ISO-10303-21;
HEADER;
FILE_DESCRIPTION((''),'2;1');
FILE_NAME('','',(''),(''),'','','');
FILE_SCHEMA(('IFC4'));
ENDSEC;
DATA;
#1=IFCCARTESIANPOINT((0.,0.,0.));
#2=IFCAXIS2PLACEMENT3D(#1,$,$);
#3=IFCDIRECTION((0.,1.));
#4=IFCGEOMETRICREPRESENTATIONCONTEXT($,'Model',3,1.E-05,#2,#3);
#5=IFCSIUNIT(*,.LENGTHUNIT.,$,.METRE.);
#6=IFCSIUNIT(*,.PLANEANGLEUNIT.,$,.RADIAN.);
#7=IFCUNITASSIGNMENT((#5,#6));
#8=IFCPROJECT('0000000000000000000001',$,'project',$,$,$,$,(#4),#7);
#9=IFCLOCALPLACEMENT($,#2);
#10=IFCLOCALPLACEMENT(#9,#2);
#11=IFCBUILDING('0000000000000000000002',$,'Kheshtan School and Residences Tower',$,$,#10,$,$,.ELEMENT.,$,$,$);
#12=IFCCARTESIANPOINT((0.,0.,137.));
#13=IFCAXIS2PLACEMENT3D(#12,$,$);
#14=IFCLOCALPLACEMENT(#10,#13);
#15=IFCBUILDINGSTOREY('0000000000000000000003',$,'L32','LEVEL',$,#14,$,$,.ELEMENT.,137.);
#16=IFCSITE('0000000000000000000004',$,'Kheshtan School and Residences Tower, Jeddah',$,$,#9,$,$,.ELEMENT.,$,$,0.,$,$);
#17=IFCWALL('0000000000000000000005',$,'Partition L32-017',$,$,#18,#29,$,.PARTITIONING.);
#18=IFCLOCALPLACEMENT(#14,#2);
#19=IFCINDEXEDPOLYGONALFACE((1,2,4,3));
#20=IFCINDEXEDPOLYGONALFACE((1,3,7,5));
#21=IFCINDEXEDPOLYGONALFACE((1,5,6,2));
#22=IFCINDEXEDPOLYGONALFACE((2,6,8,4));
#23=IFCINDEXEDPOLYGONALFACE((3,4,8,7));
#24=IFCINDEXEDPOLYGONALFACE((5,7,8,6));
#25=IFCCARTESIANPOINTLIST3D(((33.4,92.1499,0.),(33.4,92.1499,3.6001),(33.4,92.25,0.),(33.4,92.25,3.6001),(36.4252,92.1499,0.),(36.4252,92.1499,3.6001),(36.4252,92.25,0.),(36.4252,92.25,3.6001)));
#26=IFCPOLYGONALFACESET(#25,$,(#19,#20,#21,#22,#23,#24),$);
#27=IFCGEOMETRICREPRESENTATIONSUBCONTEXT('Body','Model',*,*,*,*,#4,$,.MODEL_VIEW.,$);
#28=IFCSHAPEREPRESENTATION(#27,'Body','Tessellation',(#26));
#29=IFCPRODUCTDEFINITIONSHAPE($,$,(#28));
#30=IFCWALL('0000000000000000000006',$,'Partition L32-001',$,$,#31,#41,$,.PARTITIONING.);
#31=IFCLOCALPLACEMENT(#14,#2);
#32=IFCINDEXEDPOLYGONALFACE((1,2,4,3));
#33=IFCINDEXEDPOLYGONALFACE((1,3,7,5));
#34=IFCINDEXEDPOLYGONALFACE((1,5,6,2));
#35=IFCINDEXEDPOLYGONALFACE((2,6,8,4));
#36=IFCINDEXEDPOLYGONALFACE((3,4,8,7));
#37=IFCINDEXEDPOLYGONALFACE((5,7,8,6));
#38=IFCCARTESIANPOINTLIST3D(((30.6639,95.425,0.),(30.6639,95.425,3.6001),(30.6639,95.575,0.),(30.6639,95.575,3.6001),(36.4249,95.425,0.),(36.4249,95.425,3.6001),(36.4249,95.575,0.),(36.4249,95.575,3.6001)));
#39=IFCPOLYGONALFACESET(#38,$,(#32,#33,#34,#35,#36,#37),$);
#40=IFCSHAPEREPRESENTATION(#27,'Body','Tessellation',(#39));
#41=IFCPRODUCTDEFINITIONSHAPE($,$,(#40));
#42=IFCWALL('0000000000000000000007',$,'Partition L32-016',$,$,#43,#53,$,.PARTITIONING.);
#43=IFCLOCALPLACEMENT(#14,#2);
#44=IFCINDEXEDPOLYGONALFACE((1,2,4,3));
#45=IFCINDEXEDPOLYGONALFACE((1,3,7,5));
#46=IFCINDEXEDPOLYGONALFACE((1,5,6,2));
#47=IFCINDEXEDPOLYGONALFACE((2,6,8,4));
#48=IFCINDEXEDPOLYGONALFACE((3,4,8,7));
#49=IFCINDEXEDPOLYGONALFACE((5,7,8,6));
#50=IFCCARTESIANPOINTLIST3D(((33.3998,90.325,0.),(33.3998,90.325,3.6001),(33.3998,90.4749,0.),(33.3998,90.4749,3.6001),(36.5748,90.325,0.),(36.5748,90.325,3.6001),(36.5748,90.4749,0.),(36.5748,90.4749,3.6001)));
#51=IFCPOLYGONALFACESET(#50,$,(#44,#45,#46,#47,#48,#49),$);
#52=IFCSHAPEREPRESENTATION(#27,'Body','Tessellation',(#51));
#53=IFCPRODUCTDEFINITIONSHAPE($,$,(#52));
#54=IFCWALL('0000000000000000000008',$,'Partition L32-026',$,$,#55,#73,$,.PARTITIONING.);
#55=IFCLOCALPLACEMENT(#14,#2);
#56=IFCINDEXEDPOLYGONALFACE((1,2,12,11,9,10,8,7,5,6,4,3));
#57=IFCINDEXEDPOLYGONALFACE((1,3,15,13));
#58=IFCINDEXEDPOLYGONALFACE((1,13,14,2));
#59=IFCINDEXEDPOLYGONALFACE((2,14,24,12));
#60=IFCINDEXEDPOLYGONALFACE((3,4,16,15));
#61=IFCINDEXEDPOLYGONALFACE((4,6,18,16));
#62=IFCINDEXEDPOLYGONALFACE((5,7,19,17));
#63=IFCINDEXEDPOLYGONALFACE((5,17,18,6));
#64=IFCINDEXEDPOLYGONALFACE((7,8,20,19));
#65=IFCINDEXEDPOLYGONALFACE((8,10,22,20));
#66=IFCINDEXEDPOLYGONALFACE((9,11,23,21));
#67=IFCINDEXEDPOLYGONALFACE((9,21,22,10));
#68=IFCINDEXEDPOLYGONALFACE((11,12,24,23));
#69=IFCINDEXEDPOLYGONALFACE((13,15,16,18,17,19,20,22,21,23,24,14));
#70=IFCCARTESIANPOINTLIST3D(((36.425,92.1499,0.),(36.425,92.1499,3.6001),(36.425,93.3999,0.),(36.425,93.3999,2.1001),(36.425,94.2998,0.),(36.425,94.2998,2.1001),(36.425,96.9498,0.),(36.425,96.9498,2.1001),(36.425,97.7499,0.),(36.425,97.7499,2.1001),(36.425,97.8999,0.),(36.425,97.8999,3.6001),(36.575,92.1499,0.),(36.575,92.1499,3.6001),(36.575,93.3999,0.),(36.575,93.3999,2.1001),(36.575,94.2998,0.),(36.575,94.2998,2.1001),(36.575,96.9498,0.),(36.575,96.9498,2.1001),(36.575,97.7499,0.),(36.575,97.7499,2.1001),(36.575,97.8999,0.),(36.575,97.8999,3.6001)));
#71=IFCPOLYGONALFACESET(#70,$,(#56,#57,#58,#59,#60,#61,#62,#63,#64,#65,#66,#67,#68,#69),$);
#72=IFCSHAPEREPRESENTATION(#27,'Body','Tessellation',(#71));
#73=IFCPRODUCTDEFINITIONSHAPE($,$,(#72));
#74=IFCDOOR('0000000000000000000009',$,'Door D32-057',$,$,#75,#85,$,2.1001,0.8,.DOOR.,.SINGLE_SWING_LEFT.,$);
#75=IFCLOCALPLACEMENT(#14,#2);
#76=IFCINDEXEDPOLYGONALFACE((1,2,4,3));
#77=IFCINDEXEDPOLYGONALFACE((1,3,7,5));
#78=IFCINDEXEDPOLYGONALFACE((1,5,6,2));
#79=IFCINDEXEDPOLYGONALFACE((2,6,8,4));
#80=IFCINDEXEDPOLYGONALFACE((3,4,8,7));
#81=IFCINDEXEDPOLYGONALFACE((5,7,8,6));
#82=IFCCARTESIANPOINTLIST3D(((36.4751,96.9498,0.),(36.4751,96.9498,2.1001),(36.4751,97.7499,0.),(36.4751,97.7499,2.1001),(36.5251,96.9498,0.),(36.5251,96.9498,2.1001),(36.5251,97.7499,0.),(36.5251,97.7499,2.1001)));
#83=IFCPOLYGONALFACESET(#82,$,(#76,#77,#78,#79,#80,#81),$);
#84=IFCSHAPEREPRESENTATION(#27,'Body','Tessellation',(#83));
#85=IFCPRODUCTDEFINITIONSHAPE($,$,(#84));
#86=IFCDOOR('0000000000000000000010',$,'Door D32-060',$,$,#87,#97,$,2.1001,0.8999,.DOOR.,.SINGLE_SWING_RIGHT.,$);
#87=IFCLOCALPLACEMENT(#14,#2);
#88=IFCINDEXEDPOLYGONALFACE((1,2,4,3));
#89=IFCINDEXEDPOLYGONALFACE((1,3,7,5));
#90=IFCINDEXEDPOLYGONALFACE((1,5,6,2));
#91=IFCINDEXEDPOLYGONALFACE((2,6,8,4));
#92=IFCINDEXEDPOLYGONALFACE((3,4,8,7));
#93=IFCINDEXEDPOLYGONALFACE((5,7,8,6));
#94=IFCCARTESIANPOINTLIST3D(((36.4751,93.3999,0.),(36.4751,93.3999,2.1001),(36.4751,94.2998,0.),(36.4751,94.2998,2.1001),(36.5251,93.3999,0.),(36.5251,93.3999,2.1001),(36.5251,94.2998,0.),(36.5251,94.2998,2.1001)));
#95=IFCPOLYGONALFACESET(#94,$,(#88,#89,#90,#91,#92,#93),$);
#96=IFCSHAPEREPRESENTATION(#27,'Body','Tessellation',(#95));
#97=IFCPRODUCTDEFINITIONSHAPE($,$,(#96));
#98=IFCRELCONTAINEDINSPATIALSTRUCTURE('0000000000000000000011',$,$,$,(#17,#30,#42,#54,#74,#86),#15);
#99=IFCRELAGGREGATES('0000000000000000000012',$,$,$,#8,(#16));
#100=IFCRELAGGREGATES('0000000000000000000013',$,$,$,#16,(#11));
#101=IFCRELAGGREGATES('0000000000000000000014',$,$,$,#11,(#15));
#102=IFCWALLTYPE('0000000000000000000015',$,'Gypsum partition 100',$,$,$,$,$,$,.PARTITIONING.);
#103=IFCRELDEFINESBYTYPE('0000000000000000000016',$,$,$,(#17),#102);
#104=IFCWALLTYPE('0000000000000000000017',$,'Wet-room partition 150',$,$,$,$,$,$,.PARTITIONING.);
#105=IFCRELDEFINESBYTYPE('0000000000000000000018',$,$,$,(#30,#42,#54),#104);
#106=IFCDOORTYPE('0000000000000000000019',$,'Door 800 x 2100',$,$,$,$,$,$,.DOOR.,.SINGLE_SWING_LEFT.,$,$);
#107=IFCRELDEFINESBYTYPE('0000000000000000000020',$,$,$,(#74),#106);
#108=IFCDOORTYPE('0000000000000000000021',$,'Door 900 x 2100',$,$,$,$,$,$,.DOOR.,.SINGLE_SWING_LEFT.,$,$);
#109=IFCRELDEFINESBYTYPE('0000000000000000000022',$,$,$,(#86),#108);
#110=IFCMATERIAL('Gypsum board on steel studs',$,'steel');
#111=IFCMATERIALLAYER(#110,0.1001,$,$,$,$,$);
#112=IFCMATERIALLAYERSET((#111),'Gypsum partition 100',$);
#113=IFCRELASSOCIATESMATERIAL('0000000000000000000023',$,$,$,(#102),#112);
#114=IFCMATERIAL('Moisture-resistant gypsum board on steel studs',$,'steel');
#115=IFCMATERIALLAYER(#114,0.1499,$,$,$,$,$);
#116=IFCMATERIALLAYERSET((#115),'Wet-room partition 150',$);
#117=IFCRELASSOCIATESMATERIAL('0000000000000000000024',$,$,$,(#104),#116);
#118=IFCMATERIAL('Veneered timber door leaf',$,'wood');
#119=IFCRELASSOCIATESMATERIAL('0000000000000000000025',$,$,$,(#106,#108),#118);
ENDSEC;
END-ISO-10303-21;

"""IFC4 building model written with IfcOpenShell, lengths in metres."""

from ifc_helpers import new_model, si_unit, direction, frame, frame_2d, origin, place, context, subcontext, project, spatial, rectangle, extrude, source, transform, mapped, material, layer, layer_set, type_object, element, fill, save


model = new_model("IFC4")

# Units and contexts
model_context = context("Model", 3, precision=1e-05, world=origin(), true_north=direction((0.0, 1.0)))
body_context = subcontext(model_context, "Body", "Model", "MODEL_VIEW")
ifc_project = project(units=[si_unit("LENGTHUNIT", "METRE"), si_unit("PLANEANGLEUNIT", "RADIAN")], contexts=[model_context])

# Site, building, storey
site_placement = place(None, origin())
site = spatial("IfcSite", under=ifc_project, at=site_placement, Name="Kheshtan School and Residences Tower, Jeddah", CompositionType="ELEMENT", RefElevation=0.0)
building_placement = place(site_placement, origin())
building = spatial("IfcBuilding", under=site, at=building_placement, Name="Kheshtan School and Residences Tower", CompositionType="ELEMENT")
storey_placement = place(building_placement, frame((0.0, 0.0, 137.0)))
storey = spatial("IfcBuildingStorey", under=building, at=storey_placement, Name="L32", Description="LEVEL", CompositionType="ELEMENT", Elevation=137.0)

# Walls
ifc_material_1 = material(Name="Gypsum board on steel studs", Category="steel")
ifc_layer_1 = layer(ifc_material_1, 0.1001)
ifc_layer_set_1 = layer_set([ifc_layer_1], Name="Gypsum partition 100")
wall_type_1 = type_object("IfcWallType", Name="Gypsum partition 100", PredefinedType="PARTITIONING", material=ifc_layer_set_1)
wall_1_placement = place(storey_placement, frame((33.3999, 92.2, 0.0), z_axis=(0.0, 0.0, 1.0), x_axis=(1.0, 0.0, 0.0)))
element("IfcWall", 1, at=wall_1_placement, inside=storey, type_object=wall_type_1, Name="Partition L32-017", PredefinedType="PARTITIONING", context=body_context, shape_type="SweptSolid", body=[
    extrude(rectangle(XDim=3.0251, YDim=0.1001, at=frame_2d((1.5127, 0.0))), origin(), (0.0, 0.0, 1.0), 3.6001),
])
ifc_material_2 = material(Name="Moisture-resistant gypsum board on steel studs", Category="steel")
ifc_layer_2 = layer(ifc_material_2, 0.1499)
ifc_layer_set_2 = layer_set([ifc_layer_2], Name="Wet-room partition 150")
wall_type_2 = type_object("IfcWallType", Name="Wet-room partition 150", PredefinedType="PARTITIONING", material=ifc_layer_set_2)
wall_2_placement = place(storey_placement, frame((30.6641, 95.5, 0.0), z_axis=(0.0, 0.0, 1.0), x_axis=(1.0, 0.0, 0.0)))
element("IfcWall", 2, at=wall_2_placement, inside=storey, type_object=wall_type_2, Name="Partition L32-001", PredefinedType="PARTITIONING", context=body_context, shape_type="SweptSolid", body=[
    extrude(rectangle(XDim=5.761, YDim=0.1499, at=frame_2d((2.8804, 0.0))), origin(), (0.0, 0.0, 1.0), 3.6001),
])
wall_3_placement = place(storey_placement, frame((33.3999, 90.3999, 0.0), z_axis=(0.0, 0.0, 1.0), x_axis=(1.0, 0.0, 0.0)))
element("IfcWall", 3, at=wall_3_placement, inside=storey, type_object=wall_type_2, Name="Partition L32-016", PredefinedType="PARTITIONING", context=body_context, shape_type="SweptSolid", body=[
    extrude(rectangle(XDim=3.175, YDim=0.1499, at=frame_2d((1.5874, 0.0))), origin(), (0.0, 0.0, 1.0), 3.6001),
])

# Wall, openings, doors
wall_4_placement = place(storey_placement, frame((36.5, 92.1499, 0.0), z_axis=(0.0, 0.0, 1.0), x_axis=(0.0, 1.0, 0.0)))
wall_4 = element("IfcWall", 4, at=wall_4_placement, inside=storey, type_object=wall_type_2, Name="Partition L32-026", PredefinedType="PARTITIONING", context=body_context, shape_type="SweptSolid", body=[
    extrude(rectangle(XDim=5.75, YDim=0.1499, at=frame_2d((2.875, 0.0))), origin(), (0.0, 0.0, 1.0), 3.6001),
])
opening_1_placement = place(wall_4_placement, frame((4.8, 0.0, 0.0)))
opening_1 = element("IfcOpeningElement", 5, at=opening_1_placement, cuts=wall_4, PredefinedType="OPENING", context=body_context, shape_type="SweptSolid", body=[
    extrude(rectangle(XDim=0.8, YDim=2.1001, at=frame_2d((0.3999, 1.05))), frame((0.0, 0.085, 0.0), z_axis=(0.0, -1.0, 0.0), x_axis=(1.0, 0.0, 0.0)), (0.0, 0.0, 1.0), 0.1699),
])
opening_2_placement = place(wall_4_placement, frame((1.25, 0.0, 0.0)))
opening_2 = element("IfcOpeningElement", 6, at=opening_2_placement, cuts=wall_4, PredefinedType="OPENING", context=body_context, shape_type="SweptSolid", body=[
    extrude(rectangle(XDim=0.8999, YDim=2.1001, at=frame_2d((0.45, 1.05))), frame((0.0, 0.085, 0.0), z_axis=(0.0, -1.0, 0.0), x_axis=(1.0, 0.0, 0.0)), (0.0, 0.0, 1.0), 0.1699),
])
ifc_material_3 = material(Name="Veneered timber door leaf", Category="wood")
door_type_1 = type_object("IfcDoorType", Name="Door 800 x 2100", OperationType="SINGLE_SWING_LEFT", PredefinedType="DOOR", material=ifc_material_3)
shared_shape_1 = source(origin(), body_context, "Body", "SweptSolid", [
    extrude(rectangle(XDim=0.8, YDim=2.1001, at=frame_2d((0.3999, 1.05))), frame((0.0, 0.0249, 0.0), z_axis=(0.0, -1.0, 0.0), x_axis=(1.0, 0.0, 0.0)), (0.0, 0.0, 1.0), 0.05),
])
door_1_placement = place(opening_1_placement, origin())
door_1 = element("IfcDoor", 7, at=door_1_placement, inside=storey, type_object=door_type_1, Name="Door D32-057", OperationType="SINGLE_SWING_LEFT", OverallHeight=2.1001, OverallWidth=0.8, PredefinedType="DOOR", context=body_context, shape_type="MappedRepresentation", body=[
    mapped(shared_shape_1, transform((0.0, 0.0, 0.0), x_axis=(1.0, 0.0, 0.0), y_axis=(0.0, 1.0, 0.0), z_axis=(0.0, 0.0, 1.0), scale=1.0)),
])
fill(opening_1, door_1)
door_type_2 = type_object("IfcDoorType", Name="Door 900 x 2100", OperationType="SINGLE_SWING_LEFT", PredefinedType="DOOR", material=ifc_material_3)
shared_shape_2 = source(origin(), body_context, "Body", "SweptSolid", [
    extrude(rectangle(XDim=0.8999, YDim=2.1001, at=frame_2d((0.45, 1.05))), frame((0.0, 0.0249, 0.0), z_axis=(0.0, -1.0, 0.0), x_axis=(1.0, 0.0, 0.0)), (0.0, 0.0, 1.0), 0.05),
])
door_2_placement = place(opening_2_placement, origin())
door_2 = element("IfcDoor", 8, at=door_2_placement, inside=storey, type_object=door_type_2, Name="Door D32-060", OperationType="SINGLE_SWING_RIGHT", OverallHeight=2.1001, OverallWidth=0.8999, PredefinedType="DOOR", context=body_context, shape_type="MappedRepresentation", body=[
    mapped(shared_shape_2, transform((0.0, 0.0, 0.0), x_axis=(1.0, 0.0, 0.0), y_axis=(0.0, 1.0, 0.0), z_axis=(0.0, 0.0, 1.0), scale=1.0)),
])
fill(opening_2, door_2)

save(model, "model.ifc")
